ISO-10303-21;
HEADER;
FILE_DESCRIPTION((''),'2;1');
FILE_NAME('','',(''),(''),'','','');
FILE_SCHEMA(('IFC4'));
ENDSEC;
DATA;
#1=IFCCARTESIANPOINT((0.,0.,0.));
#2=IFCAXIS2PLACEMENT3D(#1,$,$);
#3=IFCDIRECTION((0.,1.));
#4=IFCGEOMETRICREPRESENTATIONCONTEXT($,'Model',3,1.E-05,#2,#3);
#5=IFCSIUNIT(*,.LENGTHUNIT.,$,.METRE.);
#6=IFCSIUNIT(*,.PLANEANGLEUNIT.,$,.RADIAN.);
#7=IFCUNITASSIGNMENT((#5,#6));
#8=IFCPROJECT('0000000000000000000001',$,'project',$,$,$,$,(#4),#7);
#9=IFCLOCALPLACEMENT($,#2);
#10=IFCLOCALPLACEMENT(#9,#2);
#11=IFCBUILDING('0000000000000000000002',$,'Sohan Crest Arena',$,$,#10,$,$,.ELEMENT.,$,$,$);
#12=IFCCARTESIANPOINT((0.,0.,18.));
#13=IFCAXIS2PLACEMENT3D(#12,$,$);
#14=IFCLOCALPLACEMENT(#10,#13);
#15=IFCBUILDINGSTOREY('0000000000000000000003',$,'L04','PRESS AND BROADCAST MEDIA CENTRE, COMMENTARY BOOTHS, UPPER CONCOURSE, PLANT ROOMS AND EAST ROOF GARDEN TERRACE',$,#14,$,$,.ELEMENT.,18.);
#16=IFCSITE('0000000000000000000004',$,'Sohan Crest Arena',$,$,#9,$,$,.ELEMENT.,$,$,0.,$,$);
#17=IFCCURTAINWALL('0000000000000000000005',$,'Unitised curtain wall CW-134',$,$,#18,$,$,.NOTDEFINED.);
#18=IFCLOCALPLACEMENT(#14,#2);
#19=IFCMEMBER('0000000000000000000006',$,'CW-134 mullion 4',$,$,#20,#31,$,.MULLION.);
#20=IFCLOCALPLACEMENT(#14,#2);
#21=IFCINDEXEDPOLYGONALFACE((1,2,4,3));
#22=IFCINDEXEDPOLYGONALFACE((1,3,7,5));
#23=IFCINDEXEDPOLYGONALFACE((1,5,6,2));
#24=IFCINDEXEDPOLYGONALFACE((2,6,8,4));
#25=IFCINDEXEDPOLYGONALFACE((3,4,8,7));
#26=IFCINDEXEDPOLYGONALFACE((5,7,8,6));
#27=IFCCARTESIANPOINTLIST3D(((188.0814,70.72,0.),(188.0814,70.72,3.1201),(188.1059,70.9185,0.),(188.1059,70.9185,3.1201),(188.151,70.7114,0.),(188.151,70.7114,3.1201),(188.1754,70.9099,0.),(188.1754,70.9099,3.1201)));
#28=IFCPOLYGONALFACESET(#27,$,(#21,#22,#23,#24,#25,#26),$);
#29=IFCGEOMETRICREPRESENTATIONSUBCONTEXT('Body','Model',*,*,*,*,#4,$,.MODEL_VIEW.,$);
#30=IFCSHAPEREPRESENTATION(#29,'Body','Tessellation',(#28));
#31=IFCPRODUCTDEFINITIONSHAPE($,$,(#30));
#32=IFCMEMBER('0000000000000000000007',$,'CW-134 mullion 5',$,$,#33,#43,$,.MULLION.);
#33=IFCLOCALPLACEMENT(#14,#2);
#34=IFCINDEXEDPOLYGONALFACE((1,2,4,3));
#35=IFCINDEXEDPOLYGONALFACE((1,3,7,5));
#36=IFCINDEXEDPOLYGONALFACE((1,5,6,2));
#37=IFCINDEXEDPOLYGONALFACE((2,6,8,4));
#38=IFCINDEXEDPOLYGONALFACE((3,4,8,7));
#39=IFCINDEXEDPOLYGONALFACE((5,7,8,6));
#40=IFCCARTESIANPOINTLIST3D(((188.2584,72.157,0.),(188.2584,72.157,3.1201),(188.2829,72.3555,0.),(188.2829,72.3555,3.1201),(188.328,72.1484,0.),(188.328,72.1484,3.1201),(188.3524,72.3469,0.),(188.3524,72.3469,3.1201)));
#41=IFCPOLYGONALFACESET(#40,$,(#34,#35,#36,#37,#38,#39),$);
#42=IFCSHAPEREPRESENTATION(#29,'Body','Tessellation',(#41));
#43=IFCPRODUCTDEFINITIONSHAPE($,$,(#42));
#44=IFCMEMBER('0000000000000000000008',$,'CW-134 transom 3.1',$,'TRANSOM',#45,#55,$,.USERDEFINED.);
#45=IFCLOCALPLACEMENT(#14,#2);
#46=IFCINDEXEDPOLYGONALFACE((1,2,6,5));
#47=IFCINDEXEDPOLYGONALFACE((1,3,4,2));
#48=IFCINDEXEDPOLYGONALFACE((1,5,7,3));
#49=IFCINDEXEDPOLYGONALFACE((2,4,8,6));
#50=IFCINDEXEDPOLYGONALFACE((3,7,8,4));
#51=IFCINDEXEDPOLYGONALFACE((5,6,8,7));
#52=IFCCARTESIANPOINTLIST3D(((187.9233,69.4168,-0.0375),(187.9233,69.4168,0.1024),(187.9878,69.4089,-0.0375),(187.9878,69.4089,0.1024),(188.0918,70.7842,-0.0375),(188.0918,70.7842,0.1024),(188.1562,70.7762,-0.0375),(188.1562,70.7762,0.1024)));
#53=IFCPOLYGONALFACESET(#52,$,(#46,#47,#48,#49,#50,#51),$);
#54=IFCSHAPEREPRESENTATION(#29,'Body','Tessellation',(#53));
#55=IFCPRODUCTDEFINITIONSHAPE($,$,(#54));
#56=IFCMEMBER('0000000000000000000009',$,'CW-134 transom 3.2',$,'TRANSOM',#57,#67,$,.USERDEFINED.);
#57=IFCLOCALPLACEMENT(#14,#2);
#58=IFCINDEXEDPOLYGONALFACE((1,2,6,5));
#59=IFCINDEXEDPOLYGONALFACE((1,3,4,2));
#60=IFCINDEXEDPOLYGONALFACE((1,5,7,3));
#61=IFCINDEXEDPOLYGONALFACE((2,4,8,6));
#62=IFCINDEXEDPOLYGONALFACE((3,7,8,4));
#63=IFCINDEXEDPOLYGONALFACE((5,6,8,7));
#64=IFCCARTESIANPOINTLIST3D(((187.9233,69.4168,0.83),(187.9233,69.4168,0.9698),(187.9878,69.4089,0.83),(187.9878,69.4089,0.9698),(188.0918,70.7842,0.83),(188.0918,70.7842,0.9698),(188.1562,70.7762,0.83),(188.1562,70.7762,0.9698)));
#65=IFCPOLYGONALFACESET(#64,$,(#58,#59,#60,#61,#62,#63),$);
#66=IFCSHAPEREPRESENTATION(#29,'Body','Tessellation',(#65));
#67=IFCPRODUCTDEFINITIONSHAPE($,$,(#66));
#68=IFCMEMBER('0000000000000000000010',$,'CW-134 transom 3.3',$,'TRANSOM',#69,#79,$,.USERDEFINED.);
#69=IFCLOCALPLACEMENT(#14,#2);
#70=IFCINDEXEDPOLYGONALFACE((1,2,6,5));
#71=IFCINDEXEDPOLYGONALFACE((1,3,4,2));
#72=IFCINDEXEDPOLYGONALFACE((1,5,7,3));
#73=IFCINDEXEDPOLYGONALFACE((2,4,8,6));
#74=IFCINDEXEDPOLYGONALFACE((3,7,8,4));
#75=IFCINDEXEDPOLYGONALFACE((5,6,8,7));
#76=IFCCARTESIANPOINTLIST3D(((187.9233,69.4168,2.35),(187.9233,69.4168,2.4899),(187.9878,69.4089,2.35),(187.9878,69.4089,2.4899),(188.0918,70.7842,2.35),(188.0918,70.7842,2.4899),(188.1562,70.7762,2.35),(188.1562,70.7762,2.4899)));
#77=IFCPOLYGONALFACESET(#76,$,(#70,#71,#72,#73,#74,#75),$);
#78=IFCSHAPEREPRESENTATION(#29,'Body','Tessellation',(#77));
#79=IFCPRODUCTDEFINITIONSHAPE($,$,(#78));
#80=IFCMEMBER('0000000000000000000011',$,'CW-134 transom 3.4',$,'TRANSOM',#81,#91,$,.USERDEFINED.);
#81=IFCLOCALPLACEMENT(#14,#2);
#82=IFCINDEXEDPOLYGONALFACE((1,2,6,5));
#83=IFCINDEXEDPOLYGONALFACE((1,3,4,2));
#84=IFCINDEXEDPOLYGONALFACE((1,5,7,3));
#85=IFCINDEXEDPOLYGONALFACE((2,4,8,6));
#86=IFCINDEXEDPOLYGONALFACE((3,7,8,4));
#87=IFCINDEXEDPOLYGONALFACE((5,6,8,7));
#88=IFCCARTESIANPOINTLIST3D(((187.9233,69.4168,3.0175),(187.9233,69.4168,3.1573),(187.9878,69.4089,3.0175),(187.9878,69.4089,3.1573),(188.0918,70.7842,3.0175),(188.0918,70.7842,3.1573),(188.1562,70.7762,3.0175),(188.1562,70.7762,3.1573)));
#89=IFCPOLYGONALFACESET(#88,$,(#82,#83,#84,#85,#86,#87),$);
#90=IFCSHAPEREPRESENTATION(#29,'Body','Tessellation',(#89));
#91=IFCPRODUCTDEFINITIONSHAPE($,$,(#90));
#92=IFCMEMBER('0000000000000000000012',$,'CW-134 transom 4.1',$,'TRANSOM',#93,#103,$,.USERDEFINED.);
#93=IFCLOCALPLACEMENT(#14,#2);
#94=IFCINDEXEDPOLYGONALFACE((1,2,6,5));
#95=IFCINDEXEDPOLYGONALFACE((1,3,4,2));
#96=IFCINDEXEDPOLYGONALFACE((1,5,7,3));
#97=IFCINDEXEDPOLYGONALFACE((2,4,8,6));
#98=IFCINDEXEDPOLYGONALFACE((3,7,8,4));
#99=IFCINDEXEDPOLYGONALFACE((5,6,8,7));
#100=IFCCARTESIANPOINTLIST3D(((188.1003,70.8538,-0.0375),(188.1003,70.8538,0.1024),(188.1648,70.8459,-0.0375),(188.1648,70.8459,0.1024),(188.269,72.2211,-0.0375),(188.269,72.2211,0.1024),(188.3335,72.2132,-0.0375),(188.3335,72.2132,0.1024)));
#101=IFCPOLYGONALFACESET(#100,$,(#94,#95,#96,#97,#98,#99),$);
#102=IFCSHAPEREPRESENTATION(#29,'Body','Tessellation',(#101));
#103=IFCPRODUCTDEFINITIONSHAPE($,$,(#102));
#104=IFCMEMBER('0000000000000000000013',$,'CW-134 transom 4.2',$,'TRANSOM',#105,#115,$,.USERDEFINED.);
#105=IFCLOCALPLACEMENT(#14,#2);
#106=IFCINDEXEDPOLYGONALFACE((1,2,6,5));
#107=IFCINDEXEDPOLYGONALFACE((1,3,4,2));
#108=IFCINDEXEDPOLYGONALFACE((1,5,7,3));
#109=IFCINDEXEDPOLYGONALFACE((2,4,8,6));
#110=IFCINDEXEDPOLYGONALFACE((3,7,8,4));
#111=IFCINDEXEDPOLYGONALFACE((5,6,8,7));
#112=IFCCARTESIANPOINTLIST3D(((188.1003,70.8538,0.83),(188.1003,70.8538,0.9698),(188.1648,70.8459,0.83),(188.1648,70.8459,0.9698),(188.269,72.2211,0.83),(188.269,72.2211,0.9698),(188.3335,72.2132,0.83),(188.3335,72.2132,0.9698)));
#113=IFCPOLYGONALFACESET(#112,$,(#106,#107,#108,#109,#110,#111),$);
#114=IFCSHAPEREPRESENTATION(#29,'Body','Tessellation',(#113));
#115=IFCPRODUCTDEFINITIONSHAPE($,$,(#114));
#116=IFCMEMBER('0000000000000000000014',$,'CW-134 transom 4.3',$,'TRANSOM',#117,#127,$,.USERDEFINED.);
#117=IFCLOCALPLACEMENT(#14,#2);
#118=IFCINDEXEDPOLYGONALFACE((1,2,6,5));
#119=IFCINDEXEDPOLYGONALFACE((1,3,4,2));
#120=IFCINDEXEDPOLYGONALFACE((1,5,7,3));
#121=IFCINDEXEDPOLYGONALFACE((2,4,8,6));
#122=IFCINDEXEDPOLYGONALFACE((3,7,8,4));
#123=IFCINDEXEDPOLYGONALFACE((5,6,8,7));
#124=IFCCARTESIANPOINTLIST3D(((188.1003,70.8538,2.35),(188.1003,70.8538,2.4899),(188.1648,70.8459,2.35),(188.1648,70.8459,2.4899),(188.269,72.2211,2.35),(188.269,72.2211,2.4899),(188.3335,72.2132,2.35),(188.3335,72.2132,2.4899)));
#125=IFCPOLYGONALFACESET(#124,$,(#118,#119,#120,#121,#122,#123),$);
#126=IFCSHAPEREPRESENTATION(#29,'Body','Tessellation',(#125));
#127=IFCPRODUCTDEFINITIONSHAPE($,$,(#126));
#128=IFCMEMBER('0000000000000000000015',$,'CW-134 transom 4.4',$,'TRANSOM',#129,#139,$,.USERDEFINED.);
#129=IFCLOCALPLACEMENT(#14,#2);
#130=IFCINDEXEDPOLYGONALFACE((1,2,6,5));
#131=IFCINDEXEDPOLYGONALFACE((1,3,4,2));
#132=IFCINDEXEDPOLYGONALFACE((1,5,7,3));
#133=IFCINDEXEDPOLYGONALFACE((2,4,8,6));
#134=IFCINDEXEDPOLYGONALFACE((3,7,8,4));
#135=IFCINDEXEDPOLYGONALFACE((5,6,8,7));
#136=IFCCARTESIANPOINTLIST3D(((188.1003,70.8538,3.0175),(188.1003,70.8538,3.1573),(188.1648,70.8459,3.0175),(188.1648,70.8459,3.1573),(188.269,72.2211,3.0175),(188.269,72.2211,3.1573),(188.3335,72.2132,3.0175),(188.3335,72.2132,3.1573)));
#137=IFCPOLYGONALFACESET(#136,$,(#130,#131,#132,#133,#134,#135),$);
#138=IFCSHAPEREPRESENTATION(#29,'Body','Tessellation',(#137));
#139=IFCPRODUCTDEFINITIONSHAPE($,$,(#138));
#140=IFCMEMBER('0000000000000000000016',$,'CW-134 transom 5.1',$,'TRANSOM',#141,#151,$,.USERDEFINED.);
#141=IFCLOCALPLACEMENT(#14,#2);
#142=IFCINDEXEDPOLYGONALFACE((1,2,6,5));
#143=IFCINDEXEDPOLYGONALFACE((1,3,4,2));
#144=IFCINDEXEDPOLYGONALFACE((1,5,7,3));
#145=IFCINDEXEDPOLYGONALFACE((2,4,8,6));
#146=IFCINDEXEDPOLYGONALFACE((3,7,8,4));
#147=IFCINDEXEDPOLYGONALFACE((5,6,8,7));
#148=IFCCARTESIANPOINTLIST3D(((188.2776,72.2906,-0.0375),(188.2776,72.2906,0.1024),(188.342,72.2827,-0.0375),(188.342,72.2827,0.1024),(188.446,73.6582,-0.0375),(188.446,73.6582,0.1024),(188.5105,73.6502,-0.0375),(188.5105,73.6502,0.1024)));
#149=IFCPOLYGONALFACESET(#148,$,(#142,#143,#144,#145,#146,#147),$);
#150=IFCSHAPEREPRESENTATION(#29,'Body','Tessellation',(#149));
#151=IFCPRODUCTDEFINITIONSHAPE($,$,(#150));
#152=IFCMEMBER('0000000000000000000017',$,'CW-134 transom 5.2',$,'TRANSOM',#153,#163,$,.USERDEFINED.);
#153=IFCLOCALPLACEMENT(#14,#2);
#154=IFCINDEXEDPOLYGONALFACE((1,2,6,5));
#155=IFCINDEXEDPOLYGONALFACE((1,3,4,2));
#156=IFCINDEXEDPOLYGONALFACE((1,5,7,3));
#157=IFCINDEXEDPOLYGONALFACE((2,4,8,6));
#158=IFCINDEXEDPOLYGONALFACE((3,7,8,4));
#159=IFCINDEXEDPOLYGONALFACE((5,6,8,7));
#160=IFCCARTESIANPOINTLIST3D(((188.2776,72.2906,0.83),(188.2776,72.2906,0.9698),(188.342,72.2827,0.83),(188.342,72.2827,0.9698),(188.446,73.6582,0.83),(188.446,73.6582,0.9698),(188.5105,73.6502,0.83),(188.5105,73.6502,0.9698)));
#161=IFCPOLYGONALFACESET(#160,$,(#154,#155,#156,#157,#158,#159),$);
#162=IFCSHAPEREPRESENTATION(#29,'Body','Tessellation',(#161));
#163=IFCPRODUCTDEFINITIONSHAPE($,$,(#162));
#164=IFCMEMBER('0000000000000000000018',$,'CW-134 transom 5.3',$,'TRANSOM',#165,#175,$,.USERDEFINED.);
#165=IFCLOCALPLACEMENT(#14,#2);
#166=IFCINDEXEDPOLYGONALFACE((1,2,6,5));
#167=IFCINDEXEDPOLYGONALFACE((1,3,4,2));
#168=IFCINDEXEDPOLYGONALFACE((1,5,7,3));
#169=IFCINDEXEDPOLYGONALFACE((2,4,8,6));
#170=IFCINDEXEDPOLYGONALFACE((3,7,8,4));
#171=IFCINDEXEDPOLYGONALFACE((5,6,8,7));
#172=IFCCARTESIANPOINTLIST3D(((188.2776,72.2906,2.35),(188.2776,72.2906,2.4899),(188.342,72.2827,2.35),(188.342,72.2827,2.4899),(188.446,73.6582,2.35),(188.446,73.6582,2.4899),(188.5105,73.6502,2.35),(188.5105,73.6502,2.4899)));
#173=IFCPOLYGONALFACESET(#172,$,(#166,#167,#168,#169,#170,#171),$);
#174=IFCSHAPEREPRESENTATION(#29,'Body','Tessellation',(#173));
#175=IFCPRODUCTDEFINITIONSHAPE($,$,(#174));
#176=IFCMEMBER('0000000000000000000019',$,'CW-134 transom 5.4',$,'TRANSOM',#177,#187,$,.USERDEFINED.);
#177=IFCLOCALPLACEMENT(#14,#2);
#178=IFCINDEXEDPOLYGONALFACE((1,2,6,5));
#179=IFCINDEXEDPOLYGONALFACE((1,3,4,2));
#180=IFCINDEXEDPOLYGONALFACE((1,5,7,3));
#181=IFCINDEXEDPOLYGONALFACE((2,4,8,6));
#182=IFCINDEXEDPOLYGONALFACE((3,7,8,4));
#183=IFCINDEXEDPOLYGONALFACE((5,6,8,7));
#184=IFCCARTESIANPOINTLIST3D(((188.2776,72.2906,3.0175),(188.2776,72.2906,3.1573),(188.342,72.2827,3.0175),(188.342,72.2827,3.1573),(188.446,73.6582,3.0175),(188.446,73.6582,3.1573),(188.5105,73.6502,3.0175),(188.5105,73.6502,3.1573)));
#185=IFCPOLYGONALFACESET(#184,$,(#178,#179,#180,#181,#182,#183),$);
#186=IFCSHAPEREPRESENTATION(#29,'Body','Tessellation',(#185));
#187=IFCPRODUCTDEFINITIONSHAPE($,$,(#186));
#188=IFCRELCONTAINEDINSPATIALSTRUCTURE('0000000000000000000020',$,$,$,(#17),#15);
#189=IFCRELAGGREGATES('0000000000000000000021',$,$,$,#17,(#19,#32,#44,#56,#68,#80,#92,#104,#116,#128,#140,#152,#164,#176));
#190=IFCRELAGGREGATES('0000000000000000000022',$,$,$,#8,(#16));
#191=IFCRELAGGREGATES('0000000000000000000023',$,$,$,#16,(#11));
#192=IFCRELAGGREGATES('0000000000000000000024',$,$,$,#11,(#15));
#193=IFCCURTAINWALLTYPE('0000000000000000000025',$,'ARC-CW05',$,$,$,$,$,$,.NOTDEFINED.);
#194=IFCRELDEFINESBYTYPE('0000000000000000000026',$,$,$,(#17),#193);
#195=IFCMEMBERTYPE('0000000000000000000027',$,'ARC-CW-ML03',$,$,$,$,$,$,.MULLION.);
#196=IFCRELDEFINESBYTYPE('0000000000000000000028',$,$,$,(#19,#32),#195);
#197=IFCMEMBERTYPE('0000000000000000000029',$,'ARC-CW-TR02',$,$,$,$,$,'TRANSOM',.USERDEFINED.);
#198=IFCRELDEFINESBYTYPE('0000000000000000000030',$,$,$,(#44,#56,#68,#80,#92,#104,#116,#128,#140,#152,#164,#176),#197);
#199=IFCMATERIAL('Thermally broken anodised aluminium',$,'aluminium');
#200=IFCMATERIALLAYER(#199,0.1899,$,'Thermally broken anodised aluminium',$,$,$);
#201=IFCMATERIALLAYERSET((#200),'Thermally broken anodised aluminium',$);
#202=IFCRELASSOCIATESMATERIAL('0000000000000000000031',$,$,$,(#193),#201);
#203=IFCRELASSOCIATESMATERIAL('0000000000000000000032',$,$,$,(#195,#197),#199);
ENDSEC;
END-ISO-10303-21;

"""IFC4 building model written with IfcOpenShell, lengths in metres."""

from ifc_helpers import new_model, si_unit, direction, frame, origin, origin_2d, place, context, subcontext, project, spatial, rectangle, extrude, material, layer, layer_set, material_profile, profile_set, type_object, element, aggregate, save


model = new_model("IFC4")

# Units and contexts
model_context = context("Model", 3, precision=1e-05, world=origin(), true_north=direction((0.0, 1.0)))
body_context = subcontext(model_context, "Body", "Model", "MODEL_VIEW")
ifc_project = project(units=[si_unit("LENGTHUNIT", "METRE"), si_unit("PLANEANGLEUNIT", "RADIAN")], contexts=[model_context])

# Site, building, storey
site_placement = place(None, origin())
site = spatial("IfcSite", under=ifc_project, at=site_placement, Name="Sohan Crest Arena", CompositionType="ELEMENT", RefElevation=0.0)
building_placement = place(site_placement, origin())
building = spatial("IfcBuilding", under=site, at=building_placement, Name="Sohan Crest Arena", CompositionType="ELEMENT")
storey_placement = place(building_placement, frame((0.0, 0.0, 18.0)))
storey = spatial("IfcBuildingStorey", under=building, at=storey_placement, Name="L04", Description="PRESS AND BROADCAST MEDIA CENTRE, COMMENTARY BOOTHS, UPPER CONCOURSE, PLANT ROOMS AND EAST ROOF GARDEN TERRACE", CompositionType="ELEMENT", Elevation=18.0)

# Curtain wall, members
ifc_material_1 = material(Name="Thermally broken anodised aluminium", Category="aluminium")
ifc_layer_1 = layer(ifc_material_1, 0.1899, Name="Thermally broken anodised aluminium")
ifc_layer_set_1 = layer_set([ifc_layer_1], Name="Thermally broken anodised aluminium")
curtain_wall_type = type_object("IfcCurtainWallType", Name="ARC-CW05", PredefinedType="NOTDEFINED", material=ifc_layer_set_1)
curtain_wall_placement = place(storey_placement, origin())
curtain_wall = element("IfcCurtainWall", 1, at=curtain_wall_placement, inside=storey, type_object=curtain_wall_type, Name="Unitised curtain wall CW-134", PredefinedType="NOTDEFINED")
ifc_material_profile_1 = material_profile(ifc_material_1, rectangle(XDim=0.0701, YDim=0.2, at=origin_2d()), Name="ALU-MULL 70x200")
ifc_profile_set_1 = profile_set([ifc_material_profile_1], Name="Thermally broken anodised aluminium")
member_type_1 = type_object("IfcMemberType", Name="ARC-CW-ML03", PredefinedType="MULLION", material=ifc_profile_set_1)
member_1_placement = place(storey_placement, frame((188.1284, 70.8149, 0.0), z_axis=(0.0, 0.0, 1.0), x_axis=(-0.992489, 0.122334, 0.0)))
member_1 = element("IfcMember", 2, at=member_1_placement, type_object=member_type_1, Name="CW-134 mullion 4", PredefinedType="MULLION", context=body_context, shape_type="SweptSolid", body=[
    extrude(rectangle(XDim=0.0701, YDim=0.2, at=origin_2d()), origin(), (0.0, 0.0, 1.0), 3.1201),
])
member_2_placement = place(storey_placement, frame((188.3054, 72.252, 0.0), z_axis=(0.0, 0.0, 1.0), x_axis=(-0.992489, 0.122334, 0.0)))
member_2 = element("IfcMember", 3, at=member_2_placement, type_object=member_type_1, Name="CW-134 mullion 5", PredefinedType="MULLION", context=body_context, shape_type="SweptSolid", body=[
    extrude(rectangle(XDim=0.0701, YDim=0.2, at=origin_2d()), origin(), (0.0, 0.0, 1.0), 3.1201),
])
ifc_material_profile_2 = material_profile(ifc_material_1, rectangle(XDim=0.0649, YDim=0.1399, at=origin_2d()), Name="ALU-TRAN 65x140")
ifc_profile_set_2 = profile_set([ifc_material_profile_2], Name="Thermally broken anodised aluminium")
member_type_2 = type_object("IfcMemberType", Name="ARC-CW-TR02", ElementType="TRANSOM", PredefinedType="USERDEFINED", material=ifc_profile_set_2)
member_3_placement = place(storey_placement, frame((187.9556, 69.4128, 0.0325), z_axis=(0.122268, 0.992497, 0.0), x_axis=(-0.992497, 0.122268, 0.0)))
member_3 = element("IfcMember", 4, at=member_3_placement, type_object=member_type_2, Name="CW-134 transom 3.1", ObjectType="TRANSOM", PredefinedType="USERDEFINED", context=body_context, shape_type="SweptSolid", body=[
    extrude(rectangle(XDim=0.0649, YDim=0.1399, at=origin_2d()), origin(), (0.0, 0.0, 1.0), 1.3777),
])
member_4_placement = place(storey_placement, frame((187.9556, 69.4128, 0.8999), z_axis=(0.122268, 0.992497, 0.0), x_axis=(-0.992497, 0.122268, 0.0)))
member_4 = element("IfcMember", 5, at=member_4_placement, type_object=member_type_2, Name="CW-134 transom 3.2", ObjectType="TRANSOM", PredefinedType="USERDEFINED", context=body_context, shape_type="SweptSolid", body=[
    extrude(rectangle(XDim=0.0649, YDim=0.1399, at=origin_2d()), origin(), (0.0, 0.0, 1.0), 1.3777),
])
member_5_placement = place(storey_placement, frame((187.9556, 69.4128, 2.4199), z_axis=(0.122268, 0.992497, 0.0), x_axis=(-0.992497, 0.122268, 0.0)))
member_5 = element("IfcMember", 6, at=member_5_placement, type_object=member_type_2, Name="CW-134 transom 3.3", ObjectType="TRANSOM", PredefinedType="USERDEFINED", context=body_context, shape_type="SweptSolid", body=[
    extrude(rectangle(XDim=0.0649, YDim=0.1399, at=origin_2d()), origin(), (0.0, 0.0, 1.0), 1.3777),
])
member_6_placement = place(storey_placement, frame((187.9556, 69.4128, 3.0874), z_axis=(0.122268, 0.992497, 0.0), x_axis=(-0.992497, 0.122268, 0.0)))
member_6 = element("IfcMember", 7, at=member_6_placement, type_object=member_type_2, Name="CW-134 transom 3.4", ObjectType="TRANSOM", PredefinedType="USERDEFINED", context=body_context, shape_type="SweptSolid", body=[
    extrude(rectangle(XDim=0.0649, YDim=0.1399, at=origin_2d()), origin(), (0.0, 0.0, 1.0), 1.3777),
])
member_7_placement = place(storey_placement, frame((188.1326, 70.8499, 0.0325), z_axis=(0.122443, 0.992476, 0.0), x_axis=(-0.992476, 0.122443, 0.0)))
member_7 = element("IfcMember", 8, at=member_7_placement, type_object=member_type_2, Name="CW-134 transom 4.1", ObjectType="TRANSOM", PredefinedType="USERDEFINED", context=body_context, shape_type="SweptSolid", body=[
    extrude(rectangle(XDim=0.0649, YDim=0.1399, at=origin_2d()), origin(), (0.0, 0.0, 1.0), 1.3777),
])
member_8_placement = place(storey_placement, frame((188.1326, 70.8499, 0.8999), z_axis=(0.122443, 0.992476, 0.0), x_axis=(-0.992476, 0.122443, 0.0)))
member_8 = element("IfcMember", 9, at=member_8_placement, type_object=member_type_2, Name="CW-134 transom 4.2", ObjectType="TRANSOM", PredefinedType="USERDEFINED", context=body_context, shape_type="SweptSolid", body=[
    extrude(rectangle(XDim=0.0649, YDim=0.1399, at=origin_2d()), origin(), (0.0, 0.0, 1.0), 1.3777),
])
member_9_placement = place(storey_placement, frame((188.1326, 70.8499, 2.4199), z_axis=(0.122443, 0.992476, 0.0), x_axis=(-0.992476, 0.122443, 0.0)))
member_9 = element("IfcMember", 10, at=member_9_placement, type_object=member_type_2, Name="CW-134 transom 4.3", ObjectType="TRANSOM", PredefinedType="USERDEFINED", context=body_context, shape_type="SweptSolid", body=[
    extrude(rectangle(XDim=0.0649, YDim=0.1399, at=origin_2d()), origin(), (0.0, 0.0, 1.0), 1.3777),
])
member_10_placement = place(storey_placement, frame((188.1326, 70.8499, 3.0874), z_axis=(0.122443, 0.992476, 0.0), x_axis=(-0.992476, 0.122443, 0.0)))
member_10 = element("IfcMember", 11, at=member_10_placement, type_object=member_type_2, Name="CW-134 transom 4.4", ObjectType="TRANSOM", PredefinedType="USERDEFINED", context=body_context, shape_type="SweptSolid", body=[
    extrude(rectangle(XDim=0.0649, YDim=0.1399, at=origin_2d()), origin(), (0.0, 0.0, 1.0), 1.3777),
])
member_11_placement = place(storey_placement, frame((188.3098, 72.2866, 0.0325), z_axis=(0.122246, 0.9925, 0.0), x_axis=(-0.9925, 0.122246, 0.0)))
member_11 = element("IfcMember", 12, at=member_11_placement, type_object=member_type_2, Name="CW-134 transom 5.1", ObjectType="TRANSOM", PredefinedType="USERDEFINED", context=body_context, shape_type="SweptSolid", body=[
    extrude(rectangle(XDim=0.0649, YDim=0.1399, at=origin_2d()), origin(), (0.0, 0.0, 1.0), 1.3779),
])
member_12_placement = place(storey_placement, frame((188.3098, 72.2866, 0.8999), z_axis=(0.122246, 0.9925, 0.0), x_axis=(-0.9925, 0.122246, 0.0)))
member_12 = element("IfcMember", 13, at=member_12_placement, type_object=member_type_2, Name="CW-134 transom 5.2", ObjectType="TRANSOM", PredefinedType="USERDEFINED", context=body_context, shape_type="SweptSolid", body=[
    extrude(rectangle(XDim=0.0649, YDim=0.1399, at=origin_2d()), origin(), (0.0, 0.0, 1.0), 1.3779),
])
member_13_placement = place(storey_placement, frame((188.3098, 72.2866, 2.4199), z_axis=(0.122246, 0.9925, 0.0), x_axis=(-0.9925, 0.122246, 0.0)))
member_13 = element("IfcMember", 14, at=member_13_placement, type_object=member_type_2, Name="CW-134 transom 5.3", ObjectType="TRANSOM", PredefinedType="USERDEFINED", context=body_context, shape_type="SweptSolid", body=[
    extrude(rectangle(XDim=0.0649, YDim=0.1399, at=origin_2d()), origin(), (0.0, 0.0, 1.0), 1.3779),
])
member_14_placement = place(storey_placement, frame((188.3098, 72.2866, 3.0874), z_axis=(0.122246, 0.9925, 0.0), x_axis=(-0.9925, 0.122246, 0.0)))
member_14 = element("IfcMember", 15, at=member_14_placement, type_object=member_type_2, Name="CW-134 transom 5.4", ObjectType="TRANSOM", PredefinedType="USERDEFINED", context=body_context, shape_type="SweptSolid", body=[
    extrude(rectangle(XDim=0.0649, YDim=0.1399, at=origin_2d()), origin(), (0.0, 0.0, 1.0), 1.3779),
])
aggregate(curtain_wall, [member_1, member_2, member_3, member_4, member_5, member_6, member_7, member_8, member_9, member_10, member_11, member_12, member_13, member_14])

save(model, "model.ifc")
